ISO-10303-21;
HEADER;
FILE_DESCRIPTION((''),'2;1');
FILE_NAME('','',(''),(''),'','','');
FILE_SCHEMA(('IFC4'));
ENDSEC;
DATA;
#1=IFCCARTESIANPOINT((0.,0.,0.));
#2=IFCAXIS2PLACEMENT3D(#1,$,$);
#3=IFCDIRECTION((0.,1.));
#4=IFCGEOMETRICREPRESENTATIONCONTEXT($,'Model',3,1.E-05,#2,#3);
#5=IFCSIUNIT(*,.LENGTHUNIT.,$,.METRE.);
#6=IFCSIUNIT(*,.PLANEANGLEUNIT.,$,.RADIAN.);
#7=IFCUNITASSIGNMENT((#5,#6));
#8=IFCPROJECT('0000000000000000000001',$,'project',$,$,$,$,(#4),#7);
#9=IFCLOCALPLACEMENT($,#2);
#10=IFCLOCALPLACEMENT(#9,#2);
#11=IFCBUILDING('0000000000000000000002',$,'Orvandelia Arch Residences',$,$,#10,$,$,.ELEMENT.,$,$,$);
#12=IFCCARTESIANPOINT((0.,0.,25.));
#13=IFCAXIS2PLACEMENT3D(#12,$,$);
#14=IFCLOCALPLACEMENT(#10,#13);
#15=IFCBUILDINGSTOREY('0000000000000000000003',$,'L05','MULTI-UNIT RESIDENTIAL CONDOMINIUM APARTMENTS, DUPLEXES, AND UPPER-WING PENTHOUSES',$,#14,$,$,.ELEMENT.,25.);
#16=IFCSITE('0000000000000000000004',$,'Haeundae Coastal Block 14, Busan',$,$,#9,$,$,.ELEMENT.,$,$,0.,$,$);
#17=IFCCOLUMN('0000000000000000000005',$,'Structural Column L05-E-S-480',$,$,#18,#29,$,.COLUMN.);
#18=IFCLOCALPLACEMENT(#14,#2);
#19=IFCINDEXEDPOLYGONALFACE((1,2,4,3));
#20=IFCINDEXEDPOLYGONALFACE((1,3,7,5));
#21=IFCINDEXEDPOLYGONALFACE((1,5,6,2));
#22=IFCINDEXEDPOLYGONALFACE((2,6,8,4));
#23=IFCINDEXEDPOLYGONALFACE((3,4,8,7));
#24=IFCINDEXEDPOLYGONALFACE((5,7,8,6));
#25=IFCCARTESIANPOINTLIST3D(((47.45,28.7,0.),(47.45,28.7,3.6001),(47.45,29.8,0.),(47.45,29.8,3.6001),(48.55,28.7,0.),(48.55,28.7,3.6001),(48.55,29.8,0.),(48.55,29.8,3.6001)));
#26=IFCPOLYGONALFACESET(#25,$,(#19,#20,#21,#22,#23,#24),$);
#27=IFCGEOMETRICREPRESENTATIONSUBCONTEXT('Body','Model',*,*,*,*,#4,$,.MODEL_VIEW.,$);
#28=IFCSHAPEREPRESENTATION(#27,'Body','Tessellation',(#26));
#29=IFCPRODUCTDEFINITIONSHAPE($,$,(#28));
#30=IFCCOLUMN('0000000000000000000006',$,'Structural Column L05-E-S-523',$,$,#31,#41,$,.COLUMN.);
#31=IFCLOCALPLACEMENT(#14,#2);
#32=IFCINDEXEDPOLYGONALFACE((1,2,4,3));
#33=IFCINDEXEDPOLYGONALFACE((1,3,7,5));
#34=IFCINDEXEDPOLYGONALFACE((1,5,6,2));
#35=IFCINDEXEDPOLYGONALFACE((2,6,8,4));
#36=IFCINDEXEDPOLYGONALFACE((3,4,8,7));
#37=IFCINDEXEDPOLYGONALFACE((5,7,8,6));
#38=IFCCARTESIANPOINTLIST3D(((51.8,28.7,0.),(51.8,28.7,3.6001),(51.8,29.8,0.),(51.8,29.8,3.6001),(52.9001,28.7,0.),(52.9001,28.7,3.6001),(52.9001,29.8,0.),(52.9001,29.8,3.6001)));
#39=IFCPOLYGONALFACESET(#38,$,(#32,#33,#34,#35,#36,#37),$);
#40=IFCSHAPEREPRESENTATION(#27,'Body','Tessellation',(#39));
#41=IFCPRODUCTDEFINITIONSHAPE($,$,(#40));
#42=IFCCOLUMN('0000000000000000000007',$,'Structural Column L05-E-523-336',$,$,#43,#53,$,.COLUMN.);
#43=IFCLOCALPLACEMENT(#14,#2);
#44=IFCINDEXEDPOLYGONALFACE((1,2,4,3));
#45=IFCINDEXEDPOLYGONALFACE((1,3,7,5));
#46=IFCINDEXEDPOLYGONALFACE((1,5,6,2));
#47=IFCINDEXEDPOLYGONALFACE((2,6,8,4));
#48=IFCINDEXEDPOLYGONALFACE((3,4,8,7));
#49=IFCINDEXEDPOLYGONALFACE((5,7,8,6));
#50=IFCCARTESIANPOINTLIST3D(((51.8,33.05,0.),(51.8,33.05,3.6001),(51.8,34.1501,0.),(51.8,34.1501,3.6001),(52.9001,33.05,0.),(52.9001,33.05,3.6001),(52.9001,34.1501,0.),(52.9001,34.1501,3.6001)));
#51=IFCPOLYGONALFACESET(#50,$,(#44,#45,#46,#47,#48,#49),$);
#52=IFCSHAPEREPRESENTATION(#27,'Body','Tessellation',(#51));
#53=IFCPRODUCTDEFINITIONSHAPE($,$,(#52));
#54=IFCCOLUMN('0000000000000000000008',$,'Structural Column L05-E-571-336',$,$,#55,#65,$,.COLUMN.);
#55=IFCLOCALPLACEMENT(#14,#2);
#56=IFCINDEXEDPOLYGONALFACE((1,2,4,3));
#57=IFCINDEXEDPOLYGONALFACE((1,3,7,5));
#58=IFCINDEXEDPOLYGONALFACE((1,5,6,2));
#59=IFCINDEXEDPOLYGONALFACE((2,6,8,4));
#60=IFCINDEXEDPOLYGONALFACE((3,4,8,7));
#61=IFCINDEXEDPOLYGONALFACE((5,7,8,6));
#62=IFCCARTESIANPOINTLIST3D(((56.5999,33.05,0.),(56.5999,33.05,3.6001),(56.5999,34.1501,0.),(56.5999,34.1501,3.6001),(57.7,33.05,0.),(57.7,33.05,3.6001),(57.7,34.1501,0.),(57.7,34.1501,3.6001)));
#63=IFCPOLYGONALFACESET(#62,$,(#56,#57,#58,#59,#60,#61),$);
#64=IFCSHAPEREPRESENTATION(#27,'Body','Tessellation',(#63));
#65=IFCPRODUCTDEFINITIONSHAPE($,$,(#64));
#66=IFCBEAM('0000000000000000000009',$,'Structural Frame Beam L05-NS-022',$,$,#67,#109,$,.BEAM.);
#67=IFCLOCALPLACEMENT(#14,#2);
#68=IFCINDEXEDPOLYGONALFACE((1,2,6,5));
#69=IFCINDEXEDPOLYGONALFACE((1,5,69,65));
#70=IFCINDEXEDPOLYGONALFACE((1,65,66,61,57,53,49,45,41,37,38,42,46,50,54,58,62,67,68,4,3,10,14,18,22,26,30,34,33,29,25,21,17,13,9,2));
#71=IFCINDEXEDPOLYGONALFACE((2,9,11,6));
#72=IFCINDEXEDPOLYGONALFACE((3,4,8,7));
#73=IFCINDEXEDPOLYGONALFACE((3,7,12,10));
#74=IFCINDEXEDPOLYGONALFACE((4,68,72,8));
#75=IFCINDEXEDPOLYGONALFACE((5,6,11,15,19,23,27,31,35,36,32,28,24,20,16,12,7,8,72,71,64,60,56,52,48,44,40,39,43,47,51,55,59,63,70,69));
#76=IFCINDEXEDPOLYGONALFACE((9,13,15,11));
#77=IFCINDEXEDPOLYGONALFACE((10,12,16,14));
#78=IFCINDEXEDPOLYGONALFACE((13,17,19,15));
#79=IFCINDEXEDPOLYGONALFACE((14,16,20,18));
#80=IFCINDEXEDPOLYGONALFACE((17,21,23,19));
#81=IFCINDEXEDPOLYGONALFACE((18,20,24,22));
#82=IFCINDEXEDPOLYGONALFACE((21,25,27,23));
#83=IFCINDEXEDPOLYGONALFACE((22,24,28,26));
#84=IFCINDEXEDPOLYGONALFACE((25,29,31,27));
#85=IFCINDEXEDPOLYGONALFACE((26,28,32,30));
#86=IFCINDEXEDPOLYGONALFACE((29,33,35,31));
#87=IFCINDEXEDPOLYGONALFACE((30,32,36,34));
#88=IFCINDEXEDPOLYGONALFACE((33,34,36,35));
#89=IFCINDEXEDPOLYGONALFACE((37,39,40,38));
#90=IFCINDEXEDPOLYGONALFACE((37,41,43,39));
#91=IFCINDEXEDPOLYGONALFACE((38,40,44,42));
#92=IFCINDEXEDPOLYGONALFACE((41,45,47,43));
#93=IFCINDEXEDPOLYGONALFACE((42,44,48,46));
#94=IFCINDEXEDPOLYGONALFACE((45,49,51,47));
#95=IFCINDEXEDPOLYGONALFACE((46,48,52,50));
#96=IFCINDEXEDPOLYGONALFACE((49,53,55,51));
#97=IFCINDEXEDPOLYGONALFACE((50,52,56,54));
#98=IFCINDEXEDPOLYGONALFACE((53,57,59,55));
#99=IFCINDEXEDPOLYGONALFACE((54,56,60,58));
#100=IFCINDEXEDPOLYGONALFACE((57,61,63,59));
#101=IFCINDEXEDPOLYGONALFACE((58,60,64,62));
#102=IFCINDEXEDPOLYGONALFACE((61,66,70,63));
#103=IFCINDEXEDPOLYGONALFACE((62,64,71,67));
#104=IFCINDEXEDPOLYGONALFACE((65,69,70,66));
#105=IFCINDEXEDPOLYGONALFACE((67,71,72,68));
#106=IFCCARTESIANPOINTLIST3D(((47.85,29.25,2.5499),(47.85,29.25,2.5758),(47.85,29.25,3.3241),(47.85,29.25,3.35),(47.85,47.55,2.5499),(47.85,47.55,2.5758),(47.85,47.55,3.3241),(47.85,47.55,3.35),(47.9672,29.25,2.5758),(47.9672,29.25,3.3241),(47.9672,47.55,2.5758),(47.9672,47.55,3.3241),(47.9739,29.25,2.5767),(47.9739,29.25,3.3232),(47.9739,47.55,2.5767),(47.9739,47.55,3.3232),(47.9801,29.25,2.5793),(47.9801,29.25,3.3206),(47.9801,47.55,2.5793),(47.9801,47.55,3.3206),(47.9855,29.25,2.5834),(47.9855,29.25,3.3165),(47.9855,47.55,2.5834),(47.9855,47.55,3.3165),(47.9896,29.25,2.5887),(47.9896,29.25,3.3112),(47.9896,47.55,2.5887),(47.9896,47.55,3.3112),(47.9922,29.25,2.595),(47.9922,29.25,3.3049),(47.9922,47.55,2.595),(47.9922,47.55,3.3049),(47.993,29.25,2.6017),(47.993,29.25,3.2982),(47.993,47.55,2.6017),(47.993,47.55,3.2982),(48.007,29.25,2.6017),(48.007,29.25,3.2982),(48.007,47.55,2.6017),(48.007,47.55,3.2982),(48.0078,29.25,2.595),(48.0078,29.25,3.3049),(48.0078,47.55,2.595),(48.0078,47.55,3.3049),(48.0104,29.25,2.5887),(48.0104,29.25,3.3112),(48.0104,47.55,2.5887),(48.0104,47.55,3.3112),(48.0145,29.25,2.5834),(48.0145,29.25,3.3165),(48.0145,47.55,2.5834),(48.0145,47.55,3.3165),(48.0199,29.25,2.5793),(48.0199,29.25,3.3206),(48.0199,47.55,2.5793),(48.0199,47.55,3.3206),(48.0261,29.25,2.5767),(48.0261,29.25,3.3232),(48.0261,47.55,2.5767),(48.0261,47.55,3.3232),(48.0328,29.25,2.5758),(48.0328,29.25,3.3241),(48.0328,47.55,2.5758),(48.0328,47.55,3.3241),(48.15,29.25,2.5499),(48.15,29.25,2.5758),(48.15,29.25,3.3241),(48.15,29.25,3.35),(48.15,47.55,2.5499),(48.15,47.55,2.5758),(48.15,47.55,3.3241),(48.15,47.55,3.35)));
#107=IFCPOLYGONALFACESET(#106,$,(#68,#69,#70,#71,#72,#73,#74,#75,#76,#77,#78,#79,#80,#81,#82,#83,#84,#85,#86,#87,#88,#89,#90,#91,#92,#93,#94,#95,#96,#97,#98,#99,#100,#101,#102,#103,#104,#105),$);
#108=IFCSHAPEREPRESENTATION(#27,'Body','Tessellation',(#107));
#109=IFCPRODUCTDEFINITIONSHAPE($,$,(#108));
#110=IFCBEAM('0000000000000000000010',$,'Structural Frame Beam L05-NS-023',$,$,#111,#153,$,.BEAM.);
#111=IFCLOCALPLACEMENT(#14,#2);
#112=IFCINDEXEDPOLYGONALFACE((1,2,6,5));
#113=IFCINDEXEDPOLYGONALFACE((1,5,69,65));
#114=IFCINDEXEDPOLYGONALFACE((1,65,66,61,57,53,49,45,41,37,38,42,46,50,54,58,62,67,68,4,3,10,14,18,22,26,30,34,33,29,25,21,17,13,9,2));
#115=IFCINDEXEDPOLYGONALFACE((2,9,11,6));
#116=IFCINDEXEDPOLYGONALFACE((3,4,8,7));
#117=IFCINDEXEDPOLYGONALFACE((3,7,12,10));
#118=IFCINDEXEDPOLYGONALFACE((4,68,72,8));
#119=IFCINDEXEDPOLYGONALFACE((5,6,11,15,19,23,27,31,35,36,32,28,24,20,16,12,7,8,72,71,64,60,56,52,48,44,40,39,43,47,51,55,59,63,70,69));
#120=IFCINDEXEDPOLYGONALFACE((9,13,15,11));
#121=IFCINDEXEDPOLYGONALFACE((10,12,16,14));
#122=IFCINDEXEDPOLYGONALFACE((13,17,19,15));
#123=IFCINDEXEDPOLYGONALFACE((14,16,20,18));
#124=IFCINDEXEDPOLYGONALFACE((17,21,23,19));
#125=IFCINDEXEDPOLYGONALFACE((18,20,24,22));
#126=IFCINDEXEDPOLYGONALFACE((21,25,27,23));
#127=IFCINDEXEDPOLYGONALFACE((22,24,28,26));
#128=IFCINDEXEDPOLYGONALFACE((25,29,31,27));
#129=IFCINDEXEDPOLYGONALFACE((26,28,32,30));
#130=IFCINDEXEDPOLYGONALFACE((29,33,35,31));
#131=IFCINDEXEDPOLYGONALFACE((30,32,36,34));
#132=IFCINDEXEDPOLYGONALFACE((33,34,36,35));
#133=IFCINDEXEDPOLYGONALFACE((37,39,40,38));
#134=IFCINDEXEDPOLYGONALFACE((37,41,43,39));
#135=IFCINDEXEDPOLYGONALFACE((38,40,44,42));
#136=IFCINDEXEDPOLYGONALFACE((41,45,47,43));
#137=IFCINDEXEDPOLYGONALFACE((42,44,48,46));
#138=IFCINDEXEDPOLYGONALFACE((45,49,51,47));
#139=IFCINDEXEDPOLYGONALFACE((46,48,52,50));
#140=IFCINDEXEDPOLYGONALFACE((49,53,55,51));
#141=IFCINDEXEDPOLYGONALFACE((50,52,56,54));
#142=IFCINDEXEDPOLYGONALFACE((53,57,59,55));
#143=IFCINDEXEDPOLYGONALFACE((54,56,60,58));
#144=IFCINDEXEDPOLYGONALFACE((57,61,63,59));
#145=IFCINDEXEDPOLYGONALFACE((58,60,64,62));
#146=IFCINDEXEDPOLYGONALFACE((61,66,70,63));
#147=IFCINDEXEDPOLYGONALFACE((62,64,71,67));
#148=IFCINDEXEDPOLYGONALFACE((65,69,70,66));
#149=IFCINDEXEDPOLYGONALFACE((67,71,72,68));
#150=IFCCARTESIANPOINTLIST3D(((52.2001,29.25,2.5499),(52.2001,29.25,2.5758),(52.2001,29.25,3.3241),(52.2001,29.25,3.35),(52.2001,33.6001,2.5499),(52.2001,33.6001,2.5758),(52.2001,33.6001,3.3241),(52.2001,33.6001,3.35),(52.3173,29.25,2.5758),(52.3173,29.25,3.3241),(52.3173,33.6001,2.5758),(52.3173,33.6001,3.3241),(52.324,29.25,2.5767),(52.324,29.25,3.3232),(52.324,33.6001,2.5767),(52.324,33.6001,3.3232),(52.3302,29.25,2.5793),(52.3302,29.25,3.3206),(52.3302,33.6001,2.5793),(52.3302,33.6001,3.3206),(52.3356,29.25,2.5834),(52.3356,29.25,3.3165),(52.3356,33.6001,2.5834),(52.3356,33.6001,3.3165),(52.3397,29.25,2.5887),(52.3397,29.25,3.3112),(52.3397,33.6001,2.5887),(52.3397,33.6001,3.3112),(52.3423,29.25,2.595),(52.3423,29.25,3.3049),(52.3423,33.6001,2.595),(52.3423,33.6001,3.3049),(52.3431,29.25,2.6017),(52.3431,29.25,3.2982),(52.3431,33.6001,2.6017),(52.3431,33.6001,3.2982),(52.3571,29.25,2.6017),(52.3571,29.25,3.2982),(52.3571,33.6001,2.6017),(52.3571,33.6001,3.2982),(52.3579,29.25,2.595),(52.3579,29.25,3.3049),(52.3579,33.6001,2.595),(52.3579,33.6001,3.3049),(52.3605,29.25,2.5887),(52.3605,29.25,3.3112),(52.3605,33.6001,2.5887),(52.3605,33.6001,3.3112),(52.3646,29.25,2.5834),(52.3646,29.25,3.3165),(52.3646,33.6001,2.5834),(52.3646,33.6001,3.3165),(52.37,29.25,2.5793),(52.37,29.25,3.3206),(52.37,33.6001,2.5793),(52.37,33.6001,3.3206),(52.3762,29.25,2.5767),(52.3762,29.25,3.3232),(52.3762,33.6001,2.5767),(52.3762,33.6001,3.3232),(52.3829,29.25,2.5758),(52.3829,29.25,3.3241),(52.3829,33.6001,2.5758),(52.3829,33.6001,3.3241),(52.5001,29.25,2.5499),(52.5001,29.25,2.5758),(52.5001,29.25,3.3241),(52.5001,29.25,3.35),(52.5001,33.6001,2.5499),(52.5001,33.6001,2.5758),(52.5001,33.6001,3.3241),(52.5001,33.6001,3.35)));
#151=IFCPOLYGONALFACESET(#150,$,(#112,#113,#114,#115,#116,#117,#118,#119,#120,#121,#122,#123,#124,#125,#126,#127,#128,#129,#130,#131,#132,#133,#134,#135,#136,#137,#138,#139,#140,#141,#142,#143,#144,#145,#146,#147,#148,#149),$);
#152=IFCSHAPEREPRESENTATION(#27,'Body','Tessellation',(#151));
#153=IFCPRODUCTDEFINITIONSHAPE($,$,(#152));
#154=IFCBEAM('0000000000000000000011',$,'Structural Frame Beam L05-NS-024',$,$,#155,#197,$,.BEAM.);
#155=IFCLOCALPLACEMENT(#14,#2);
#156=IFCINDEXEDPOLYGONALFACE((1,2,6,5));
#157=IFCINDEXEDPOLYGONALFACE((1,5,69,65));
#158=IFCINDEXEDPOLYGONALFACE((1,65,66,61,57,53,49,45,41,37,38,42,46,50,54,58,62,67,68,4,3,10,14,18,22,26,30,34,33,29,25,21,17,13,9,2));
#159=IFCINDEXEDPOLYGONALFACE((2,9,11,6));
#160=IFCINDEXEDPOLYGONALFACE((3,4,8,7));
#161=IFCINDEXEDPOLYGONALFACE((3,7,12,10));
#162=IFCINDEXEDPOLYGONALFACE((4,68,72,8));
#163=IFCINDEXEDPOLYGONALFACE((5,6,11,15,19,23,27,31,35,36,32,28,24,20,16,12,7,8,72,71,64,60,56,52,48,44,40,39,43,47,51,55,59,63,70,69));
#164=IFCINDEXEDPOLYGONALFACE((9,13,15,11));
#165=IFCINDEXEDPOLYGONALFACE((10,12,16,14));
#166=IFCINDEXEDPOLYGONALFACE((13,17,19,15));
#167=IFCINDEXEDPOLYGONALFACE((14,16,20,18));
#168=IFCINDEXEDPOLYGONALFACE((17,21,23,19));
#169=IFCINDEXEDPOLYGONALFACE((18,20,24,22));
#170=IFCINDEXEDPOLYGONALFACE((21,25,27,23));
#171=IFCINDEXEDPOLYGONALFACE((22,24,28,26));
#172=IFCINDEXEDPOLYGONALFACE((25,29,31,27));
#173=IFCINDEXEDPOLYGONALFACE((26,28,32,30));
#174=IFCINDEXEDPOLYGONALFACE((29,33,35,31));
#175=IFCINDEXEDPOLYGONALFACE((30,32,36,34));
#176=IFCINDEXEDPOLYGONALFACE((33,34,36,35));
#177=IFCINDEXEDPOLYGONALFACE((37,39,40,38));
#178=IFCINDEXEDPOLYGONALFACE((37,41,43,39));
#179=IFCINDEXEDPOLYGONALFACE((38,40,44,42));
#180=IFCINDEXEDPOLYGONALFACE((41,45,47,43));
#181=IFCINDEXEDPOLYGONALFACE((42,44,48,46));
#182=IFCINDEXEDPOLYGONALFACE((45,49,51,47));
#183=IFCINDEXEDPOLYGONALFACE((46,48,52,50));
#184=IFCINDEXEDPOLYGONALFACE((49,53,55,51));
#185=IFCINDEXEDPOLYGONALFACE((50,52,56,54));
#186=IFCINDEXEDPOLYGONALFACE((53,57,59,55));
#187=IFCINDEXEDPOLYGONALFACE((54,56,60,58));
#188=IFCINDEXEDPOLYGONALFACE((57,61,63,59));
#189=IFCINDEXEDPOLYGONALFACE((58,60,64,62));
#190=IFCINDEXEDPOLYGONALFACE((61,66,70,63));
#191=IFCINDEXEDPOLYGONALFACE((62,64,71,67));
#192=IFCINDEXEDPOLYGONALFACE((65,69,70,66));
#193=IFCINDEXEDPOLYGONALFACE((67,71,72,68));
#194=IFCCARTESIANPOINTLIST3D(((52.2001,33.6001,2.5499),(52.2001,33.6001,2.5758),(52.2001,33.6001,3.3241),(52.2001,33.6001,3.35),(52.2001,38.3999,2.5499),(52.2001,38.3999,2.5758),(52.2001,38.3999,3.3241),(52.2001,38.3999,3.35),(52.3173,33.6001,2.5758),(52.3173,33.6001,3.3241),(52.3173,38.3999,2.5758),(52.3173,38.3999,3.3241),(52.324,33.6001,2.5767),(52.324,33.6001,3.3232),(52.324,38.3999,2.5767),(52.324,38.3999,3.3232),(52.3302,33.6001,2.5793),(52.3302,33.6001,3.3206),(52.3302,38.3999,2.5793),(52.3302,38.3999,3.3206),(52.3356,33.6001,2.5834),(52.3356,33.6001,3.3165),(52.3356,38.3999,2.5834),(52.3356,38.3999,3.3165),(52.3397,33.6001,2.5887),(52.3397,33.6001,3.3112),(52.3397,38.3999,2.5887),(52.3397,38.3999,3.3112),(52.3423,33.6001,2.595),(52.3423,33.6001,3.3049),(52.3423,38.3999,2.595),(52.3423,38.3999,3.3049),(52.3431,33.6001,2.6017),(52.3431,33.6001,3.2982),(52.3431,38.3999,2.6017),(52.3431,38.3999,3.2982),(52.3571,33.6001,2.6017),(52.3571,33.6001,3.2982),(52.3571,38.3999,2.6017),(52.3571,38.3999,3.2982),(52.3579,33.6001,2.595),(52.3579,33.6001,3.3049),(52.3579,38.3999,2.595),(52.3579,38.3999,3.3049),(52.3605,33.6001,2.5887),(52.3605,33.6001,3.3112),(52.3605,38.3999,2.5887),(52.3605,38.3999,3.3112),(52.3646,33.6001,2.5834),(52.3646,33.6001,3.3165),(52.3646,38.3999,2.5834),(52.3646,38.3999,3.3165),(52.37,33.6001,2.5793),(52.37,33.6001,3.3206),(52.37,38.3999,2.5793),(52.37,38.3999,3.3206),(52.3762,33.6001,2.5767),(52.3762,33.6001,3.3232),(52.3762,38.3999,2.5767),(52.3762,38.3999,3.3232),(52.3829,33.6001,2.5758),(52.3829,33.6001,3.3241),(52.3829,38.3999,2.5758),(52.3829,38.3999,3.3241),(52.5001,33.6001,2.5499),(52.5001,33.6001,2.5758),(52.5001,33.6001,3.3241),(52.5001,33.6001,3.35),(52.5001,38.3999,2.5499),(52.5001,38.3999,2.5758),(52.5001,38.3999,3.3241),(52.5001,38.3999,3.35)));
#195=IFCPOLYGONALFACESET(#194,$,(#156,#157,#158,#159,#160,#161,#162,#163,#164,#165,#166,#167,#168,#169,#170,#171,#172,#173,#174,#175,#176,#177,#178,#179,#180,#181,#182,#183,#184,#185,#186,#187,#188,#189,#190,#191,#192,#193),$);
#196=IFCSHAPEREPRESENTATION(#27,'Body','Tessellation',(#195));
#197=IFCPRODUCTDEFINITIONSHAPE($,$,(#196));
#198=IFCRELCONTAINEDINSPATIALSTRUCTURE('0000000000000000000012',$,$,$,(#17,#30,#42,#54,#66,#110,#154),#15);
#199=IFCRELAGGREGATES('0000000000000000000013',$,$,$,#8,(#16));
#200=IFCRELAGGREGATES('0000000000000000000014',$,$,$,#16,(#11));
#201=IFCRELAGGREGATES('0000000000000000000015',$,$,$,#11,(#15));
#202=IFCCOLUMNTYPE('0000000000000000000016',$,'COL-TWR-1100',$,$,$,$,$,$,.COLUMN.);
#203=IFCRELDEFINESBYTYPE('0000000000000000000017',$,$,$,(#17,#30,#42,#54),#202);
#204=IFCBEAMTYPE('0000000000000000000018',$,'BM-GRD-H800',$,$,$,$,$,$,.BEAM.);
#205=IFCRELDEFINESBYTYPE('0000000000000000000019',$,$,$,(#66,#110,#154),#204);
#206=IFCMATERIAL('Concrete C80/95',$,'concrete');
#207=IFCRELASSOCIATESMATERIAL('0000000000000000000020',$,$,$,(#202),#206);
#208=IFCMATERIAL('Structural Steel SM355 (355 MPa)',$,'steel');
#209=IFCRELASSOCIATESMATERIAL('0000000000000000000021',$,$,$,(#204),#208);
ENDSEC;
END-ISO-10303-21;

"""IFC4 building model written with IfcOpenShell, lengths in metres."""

from ifc_helpers import new_model, si_unit, direction, frame, origin, origin_2d, place, context, subcontext, project, spatial, rectangle, i_section, extrude, material, material_profile, profile_set, type_object, element, save


model = new_model("IFC4")

# Units and contexts
model_context = context("Model", 3, precision=1e-05, world=origin(), true_north=direction((0.0, 1.0)))
body_context = subcontext(model_context, "Body", "Model", "MODEL_VIEW")
ifc_project = project(units=[si_unit("LENGTHUNIT", "METRE"), si_unit("PLANEANGLEUNIT", "RADIAN")], contexts=[model_context])

# Site, building, storey
site_placement = place(None, origin())
site = spatial("IfcSite", under=ifc_project, at=site_placement, Name="Haeundae Coastal Block 14, Busan", CompositionType="ELEMENT", RefElevation=0.0)
building_placement = place(site_placement, origin())
building = spatial("IfcBuilding", under=site, at=building_placement, Name="Orvandelia Arch Residences", CompositionType="ELEMENT")
storey_placement = place(building_placement, frame((0.0, 0.0, 25.0)))
storey = spatial("IfcBuildingStorey", under=building, at=storey_placement, Name="L05", Description="MULTI-UNIT RESIDENTIAL CONDOMINIUM APARTMENTS, DUPLEXES, AND UPPER-WING PENTHOUSES", CompositionType="ELEMENT", Elevation=25.0)

# Columns
ifc_material_1 = material(Name="Concrete C80/95", Category="concrete")
ifc_material_profile_1 = material_profile(ifc_material_1, rectangle(XDim=1.1001, YDim=1.1001, at=origin_2d()), Name="Concrete C80/95", Category="concrete")
ifc_profile_set_1 = profile_set([ifc_material_profile_1], Name="Concrete C80/95")
column_type = type_object("IfcColumnType", Name="COL-TWR-1100", PredefinedType="COLUMN", material=ifc_profile_set_1)
for number, where, z_axis, x_axis, name in (
    (1, (48.0, 29.25, 0.0), (0.0, 0.0, 1.0), (1.0, 0.0, 0.0), "Structural Column L05-E-S-480"),
    (2, (52.3501, 29.25, 0.0), (0.0, 0.0, 1.0), (1.0, 0.0, 0.0), "Structural Column L05-E-S-523"),
    (3, (52.3501, 33.6001, 0.0), (0.0, 0.0, 1.0), (1.0, 0.0, 0.0), "Structural Column L05-E-523-336"),
    (4, (57.1499, 33.6001, 0.0), (0.0, 0.0, 1.0), (1.0, 0.0, 0.0), "Structural Column L05-E-571-336"),
):
    element("IfcColumn", number, at=place(storey_placement, frame(where, z_axis=z_axis, x_axis=x_axis)), inside=storey, type_object=column_type, Name=name, PredefinedType="COLUMN", context=body_context, shape_type="SweptSolid", body=[
        extrude(rectangle(XDim=1.1001, YDim=1.1001, at=origin_2d()), origin(), (0.0, 0.0, 1.0), 3.6001),
    ])

# Beams
ifc_material_2 = material(Name="Structural Steel SM355 (355 MPa)", Category="steel")
ifc_material_profile_2 = material_profile(ifc_material_2, i_section(OverallWidth=0.3, OverallDepth=0.8, WebThickness=0.0139, FlangeThickness=0.0259, FilletRadius=0.0259, at=origin_2d()), Name="Structural Steel SM355 (355 MPa)", Category="steel")
ifc_profile_set_2 = profile_set([ifc_material_profile_2], Name="Structural Steel SM355 (355 MPa)")
beam_type = type_object("IfcBeamType", Name="BM-GRD-H800", PredefinedType="BEAM", material=ifc_profile_set_2)
beam_1_placement = place(storey_placement, frame((48.0, 29.25, 2.95), z_axis=(0.0, 1.0, 0.0), x_axis=(-1.0, 0.0, 0.0)))
element("IfcBeam", 5, at=beam_1_placement, inside=storey, type_object=beam_type, Name="Structural Frame Beam L05-NS-022", PredefinedType="BEAM", context=body_context, shape_type="SweptSolid", body=[
    extrude(i_section(OverallWidth=0.3, OverallDepth=0.8, WebThickness=0.0139, FlangeThickness=0.0259, FilletRadius=0.0259, at=origin_2d()), origin(), (0.0, 0.0, 1.0), 18.3),
])
beam_2_placement = place(storey_placement, frame((52.3501, 29.25, 2.95), z_axis=(0.0, 1.0, 0.0), x_axis=(-1.0, 0.0, 0.0)))
element("IfcBeam", 6, at=beam_2_placement, inside=storey, type_object=beam_type, Name="Structural Frame Beam L05-NS-023", PredefinedType="BEAM", context=body_context, shape_type="SweptSolid", body=[
    extrude(i_section(OverallWidth=0.3, OverallDepth=0.8, WebThickness=0.0139, FlangeThickness=0.0259, FilletRadius=0.0259, at=origin_2d()), origin(), (0.0, 0.0, 1.0), 4.3501),
])
for number, where, z_axis, x_axis, name in (
    (7, (52.3501, 33.6001, 2.95), (0.0, 1.0, 0.0), (-1.0, 0.0, 0.0), "Structural Frame Beam L05-NS-024"),
):
    element("IfcBeam", number, at=place(storey_placement, frame(where, z_axis=z_axis, x_axis=x_axis)), inside=storey, type_object=beam_type, Name=name, PredefinedType="BEAM", context=body_context, shape_type="SweptSolid", body=[
        extrude(i_section(OverallWidth=0.3, OverallDepth=0.8, WebThickness=0.0139, FlangeThickness=0.0259, FilletRadius=0.0259, at=origin_2d()), origin(), (0.0, 0.0, 1.0), 4.7998),
    ])

save(model, "model.ifc")
